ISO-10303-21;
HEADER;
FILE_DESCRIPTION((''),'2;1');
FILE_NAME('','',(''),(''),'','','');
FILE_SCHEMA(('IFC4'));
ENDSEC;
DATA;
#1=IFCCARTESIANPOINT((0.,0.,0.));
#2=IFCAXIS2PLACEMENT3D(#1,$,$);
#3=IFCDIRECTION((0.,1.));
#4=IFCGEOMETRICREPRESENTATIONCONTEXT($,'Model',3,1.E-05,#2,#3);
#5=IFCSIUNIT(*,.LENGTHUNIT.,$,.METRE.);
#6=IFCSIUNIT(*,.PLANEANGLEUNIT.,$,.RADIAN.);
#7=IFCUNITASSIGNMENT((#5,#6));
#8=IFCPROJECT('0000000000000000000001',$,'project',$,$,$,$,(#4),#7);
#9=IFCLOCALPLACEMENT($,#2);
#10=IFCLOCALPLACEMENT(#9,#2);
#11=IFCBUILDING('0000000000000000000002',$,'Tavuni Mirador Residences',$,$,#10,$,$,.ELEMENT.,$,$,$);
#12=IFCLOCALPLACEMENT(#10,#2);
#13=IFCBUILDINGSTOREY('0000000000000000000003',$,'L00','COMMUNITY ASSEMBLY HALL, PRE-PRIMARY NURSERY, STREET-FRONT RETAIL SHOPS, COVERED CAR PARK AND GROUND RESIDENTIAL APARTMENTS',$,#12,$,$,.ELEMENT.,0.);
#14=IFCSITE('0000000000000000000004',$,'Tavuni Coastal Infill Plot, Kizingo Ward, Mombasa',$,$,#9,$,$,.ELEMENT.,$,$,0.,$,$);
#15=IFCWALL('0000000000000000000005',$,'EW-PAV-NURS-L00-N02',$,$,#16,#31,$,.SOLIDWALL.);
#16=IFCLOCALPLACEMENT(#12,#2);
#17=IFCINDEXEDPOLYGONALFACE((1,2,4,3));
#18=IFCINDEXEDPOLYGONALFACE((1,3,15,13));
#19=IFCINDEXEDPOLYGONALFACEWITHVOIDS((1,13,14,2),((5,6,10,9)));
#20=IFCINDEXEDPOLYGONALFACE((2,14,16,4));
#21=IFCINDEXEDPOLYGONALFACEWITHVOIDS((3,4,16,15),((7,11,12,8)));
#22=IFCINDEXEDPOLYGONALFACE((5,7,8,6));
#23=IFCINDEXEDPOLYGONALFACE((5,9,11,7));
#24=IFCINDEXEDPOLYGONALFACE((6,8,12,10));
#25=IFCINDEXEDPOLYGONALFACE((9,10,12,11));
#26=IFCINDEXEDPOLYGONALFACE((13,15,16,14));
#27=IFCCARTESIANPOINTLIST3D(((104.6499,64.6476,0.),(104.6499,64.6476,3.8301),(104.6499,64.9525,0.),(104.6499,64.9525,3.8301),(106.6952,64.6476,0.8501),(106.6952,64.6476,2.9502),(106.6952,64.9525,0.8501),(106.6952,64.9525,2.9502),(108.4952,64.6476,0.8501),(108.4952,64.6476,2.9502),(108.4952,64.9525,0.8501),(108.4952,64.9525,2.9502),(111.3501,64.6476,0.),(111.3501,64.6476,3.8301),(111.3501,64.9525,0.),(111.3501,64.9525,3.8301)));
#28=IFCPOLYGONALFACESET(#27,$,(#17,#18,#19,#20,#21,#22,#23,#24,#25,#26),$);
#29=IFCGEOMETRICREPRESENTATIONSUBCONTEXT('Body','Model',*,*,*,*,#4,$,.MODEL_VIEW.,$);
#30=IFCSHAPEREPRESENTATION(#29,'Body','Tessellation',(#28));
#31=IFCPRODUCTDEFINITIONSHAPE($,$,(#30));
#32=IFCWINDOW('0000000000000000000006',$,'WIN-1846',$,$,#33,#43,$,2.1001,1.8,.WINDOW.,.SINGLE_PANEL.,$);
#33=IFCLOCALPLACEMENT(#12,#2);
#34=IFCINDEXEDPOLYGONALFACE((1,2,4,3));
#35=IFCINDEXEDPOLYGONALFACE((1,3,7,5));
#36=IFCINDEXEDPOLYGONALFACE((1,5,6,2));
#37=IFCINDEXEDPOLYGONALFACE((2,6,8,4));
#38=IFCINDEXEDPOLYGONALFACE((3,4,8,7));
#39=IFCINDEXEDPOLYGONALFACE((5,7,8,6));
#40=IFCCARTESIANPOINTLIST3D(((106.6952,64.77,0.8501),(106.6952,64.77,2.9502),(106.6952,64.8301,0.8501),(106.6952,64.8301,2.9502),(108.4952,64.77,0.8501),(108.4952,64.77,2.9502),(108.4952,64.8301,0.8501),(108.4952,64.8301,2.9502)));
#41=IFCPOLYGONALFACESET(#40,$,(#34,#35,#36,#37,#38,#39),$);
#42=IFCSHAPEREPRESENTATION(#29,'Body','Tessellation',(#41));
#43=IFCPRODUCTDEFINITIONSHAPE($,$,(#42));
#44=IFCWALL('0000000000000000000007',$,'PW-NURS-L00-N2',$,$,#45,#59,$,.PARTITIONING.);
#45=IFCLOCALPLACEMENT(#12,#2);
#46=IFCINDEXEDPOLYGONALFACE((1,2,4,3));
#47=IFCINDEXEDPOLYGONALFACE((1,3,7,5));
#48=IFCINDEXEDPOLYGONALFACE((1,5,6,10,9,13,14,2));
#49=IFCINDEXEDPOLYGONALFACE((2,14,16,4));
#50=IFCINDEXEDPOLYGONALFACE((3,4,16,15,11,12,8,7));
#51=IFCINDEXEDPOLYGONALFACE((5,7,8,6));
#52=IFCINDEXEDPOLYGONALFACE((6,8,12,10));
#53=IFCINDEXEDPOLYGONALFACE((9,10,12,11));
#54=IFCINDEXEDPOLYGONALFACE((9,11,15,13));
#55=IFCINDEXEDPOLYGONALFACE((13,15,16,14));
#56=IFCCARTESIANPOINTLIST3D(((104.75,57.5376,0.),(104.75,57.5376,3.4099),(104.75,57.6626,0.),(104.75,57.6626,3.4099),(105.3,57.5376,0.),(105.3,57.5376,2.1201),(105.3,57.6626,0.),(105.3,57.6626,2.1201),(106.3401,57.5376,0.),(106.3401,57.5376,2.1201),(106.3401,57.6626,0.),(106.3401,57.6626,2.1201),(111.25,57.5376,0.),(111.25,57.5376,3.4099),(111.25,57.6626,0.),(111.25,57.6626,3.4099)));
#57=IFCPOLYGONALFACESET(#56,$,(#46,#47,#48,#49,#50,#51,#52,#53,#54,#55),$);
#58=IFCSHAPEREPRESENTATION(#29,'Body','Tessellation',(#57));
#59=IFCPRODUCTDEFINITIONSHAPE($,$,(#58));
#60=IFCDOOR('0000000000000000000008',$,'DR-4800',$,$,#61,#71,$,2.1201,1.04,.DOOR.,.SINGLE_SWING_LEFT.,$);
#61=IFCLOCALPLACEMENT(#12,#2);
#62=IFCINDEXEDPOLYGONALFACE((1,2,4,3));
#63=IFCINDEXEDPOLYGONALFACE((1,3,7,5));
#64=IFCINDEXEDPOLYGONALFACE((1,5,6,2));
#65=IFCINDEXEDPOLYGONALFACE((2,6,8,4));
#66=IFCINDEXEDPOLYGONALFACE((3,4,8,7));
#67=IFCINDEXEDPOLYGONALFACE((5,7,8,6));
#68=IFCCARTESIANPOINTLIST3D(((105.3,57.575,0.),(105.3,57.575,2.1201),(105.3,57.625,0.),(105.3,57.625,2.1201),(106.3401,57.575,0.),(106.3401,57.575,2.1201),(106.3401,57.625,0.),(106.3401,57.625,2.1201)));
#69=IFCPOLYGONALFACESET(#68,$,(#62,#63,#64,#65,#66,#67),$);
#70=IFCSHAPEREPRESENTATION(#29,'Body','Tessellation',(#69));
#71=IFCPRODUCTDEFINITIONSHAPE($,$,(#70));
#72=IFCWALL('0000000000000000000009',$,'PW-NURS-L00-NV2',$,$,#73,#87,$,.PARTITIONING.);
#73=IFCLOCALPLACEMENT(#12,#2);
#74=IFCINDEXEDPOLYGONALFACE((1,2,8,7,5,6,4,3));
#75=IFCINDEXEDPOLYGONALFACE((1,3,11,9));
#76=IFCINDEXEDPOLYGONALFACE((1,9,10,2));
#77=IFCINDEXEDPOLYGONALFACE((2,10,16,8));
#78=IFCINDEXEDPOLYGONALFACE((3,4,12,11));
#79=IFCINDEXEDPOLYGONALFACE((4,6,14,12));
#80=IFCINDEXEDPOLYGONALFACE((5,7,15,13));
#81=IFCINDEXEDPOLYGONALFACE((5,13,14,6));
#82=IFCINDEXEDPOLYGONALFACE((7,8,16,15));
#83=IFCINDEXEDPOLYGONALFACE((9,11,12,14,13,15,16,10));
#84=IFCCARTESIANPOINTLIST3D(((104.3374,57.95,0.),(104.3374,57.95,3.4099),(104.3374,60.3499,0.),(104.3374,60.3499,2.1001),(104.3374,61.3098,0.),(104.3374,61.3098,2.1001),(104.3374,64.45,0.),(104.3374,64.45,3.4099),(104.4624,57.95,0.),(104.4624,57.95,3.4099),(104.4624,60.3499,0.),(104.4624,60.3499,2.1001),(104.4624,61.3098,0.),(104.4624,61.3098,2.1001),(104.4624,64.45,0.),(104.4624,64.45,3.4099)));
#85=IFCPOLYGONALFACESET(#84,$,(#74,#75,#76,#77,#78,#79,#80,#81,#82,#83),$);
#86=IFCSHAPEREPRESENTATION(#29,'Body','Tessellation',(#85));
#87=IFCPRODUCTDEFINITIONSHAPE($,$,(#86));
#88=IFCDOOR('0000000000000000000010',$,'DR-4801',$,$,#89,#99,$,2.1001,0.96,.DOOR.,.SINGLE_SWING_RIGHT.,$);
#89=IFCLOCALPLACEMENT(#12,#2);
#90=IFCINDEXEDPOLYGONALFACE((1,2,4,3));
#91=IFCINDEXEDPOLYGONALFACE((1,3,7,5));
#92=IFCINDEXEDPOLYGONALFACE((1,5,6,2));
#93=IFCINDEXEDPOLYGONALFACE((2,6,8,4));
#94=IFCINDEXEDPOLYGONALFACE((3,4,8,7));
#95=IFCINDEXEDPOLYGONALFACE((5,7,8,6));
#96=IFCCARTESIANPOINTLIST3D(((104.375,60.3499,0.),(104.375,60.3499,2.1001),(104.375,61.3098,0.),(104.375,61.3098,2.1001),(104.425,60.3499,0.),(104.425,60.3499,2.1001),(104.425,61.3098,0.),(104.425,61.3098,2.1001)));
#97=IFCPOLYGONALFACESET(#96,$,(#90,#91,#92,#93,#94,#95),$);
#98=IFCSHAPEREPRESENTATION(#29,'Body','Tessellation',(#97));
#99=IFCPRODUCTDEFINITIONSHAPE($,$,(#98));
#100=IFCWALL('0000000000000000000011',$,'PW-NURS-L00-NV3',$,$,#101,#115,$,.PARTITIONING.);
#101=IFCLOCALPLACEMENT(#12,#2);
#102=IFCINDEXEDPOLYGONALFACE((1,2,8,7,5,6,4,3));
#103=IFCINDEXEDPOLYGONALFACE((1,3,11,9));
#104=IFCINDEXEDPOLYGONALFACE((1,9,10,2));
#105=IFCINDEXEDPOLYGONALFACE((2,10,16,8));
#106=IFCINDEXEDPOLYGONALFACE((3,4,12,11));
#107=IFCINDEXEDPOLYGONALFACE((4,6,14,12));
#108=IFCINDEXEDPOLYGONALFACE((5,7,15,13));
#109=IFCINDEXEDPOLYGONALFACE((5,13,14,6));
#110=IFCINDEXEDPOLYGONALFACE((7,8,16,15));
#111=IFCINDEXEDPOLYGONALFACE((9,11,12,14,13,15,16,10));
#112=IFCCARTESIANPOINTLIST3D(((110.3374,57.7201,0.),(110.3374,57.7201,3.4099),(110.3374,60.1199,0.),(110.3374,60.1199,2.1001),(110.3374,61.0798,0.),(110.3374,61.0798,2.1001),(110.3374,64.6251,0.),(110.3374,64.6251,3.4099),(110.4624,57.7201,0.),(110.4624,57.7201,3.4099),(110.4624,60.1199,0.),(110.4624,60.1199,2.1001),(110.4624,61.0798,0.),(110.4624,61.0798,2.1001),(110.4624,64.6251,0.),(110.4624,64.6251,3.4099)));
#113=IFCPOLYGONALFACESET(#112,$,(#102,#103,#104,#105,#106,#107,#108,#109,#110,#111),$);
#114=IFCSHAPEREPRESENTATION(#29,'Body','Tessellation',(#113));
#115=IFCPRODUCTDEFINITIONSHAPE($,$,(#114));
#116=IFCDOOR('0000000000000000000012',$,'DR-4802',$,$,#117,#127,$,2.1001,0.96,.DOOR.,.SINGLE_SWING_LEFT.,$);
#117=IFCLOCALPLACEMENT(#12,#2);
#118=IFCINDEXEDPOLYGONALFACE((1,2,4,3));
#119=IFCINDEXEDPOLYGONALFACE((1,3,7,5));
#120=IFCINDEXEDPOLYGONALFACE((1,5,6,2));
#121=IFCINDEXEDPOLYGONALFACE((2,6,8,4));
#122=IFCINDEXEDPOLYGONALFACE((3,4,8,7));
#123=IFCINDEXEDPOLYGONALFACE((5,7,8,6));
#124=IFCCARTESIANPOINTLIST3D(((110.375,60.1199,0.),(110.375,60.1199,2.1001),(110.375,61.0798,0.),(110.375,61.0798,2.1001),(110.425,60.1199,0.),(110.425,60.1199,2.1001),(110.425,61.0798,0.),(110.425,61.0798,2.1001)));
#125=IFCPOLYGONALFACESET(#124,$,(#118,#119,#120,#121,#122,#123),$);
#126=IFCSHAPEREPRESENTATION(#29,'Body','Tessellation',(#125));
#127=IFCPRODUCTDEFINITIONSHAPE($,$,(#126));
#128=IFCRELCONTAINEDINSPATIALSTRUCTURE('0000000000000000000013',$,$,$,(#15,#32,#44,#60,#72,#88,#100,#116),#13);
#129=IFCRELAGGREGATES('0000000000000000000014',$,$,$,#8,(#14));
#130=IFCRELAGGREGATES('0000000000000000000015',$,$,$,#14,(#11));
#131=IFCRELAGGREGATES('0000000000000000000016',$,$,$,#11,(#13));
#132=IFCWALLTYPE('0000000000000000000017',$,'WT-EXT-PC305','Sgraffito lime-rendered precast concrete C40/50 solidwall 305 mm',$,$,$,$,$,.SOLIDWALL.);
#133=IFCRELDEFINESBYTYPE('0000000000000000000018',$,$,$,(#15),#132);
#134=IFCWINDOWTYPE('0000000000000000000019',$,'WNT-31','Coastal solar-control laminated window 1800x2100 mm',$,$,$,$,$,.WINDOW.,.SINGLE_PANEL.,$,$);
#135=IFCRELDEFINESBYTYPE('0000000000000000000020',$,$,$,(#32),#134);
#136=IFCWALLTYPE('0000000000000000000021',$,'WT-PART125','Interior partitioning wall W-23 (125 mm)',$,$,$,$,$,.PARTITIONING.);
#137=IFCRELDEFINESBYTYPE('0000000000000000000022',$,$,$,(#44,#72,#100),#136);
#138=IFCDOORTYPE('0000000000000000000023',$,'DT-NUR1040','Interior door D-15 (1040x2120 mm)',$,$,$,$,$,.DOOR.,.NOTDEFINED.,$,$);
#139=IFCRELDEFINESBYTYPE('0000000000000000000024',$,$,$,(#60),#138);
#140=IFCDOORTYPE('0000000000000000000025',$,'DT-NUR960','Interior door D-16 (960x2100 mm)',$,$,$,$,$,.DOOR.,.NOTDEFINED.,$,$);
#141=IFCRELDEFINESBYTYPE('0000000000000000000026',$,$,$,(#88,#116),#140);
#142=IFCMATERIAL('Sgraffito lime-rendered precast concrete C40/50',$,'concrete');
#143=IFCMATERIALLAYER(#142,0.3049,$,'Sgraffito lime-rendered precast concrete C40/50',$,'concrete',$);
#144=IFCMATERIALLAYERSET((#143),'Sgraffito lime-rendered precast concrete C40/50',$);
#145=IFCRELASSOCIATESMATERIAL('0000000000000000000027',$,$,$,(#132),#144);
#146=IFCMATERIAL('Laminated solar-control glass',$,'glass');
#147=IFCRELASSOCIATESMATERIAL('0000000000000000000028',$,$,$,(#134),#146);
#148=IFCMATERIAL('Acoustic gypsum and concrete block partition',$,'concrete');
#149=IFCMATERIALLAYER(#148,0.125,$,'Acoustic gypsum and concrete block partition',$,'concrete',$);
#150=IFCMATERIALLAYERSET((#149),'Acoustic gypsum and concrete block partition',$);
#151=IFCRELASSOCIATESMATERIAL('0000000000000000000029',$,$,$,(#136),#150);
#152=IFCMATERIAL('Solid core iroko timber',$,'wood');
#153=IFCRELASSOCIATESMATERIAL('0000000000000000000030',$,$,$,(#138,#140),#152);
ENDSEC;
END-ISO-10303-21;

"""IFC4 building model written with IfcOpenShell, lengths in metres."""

from ifc_helpers import new_model, si_unit, direction, frame, frame_2d, origin, place, context, subcontext, project, spatial, rectangle, extrude, material, layer, layer_set, type_object, element, fill, save


model = new_model("IFC4")

# Units and contexts
model_context = context("Model", 3, precision=1e-05, world=origin(), true_north=direction((0.0, 1.0)))
body_context = subcontext(model_context, "Body", "Model", "MODEL_VIEW")
ifc_project = project(units=[si_unit("LENGTHUNIT", "METRE"), si_unit("PLANEANGLEUNIT", "RADIAN")], contexts=[model_context])

# Site, building, storey
site_placement = place(None, origin())
site = spatial("IfcSite", under=ifc_project, at=site_placement, Name="Tavuni Coastal Infill Plot, Kizingo Ward, Mombasa", CompositionType="ELEMENT", RefElevation=0.0)
building_placement = place(site_placement, origin())
building = spatial("IfcBuilding", under=site, at=building_placement, Name="Tavuni Mirador Residences", CompositionType="ELEMENT")
storey_placement = place(building_placement, origin())
storey = spatial("IfcBuildingStorey", under=building, at=storey_placement, Name="L00", Description="COMMUNITY ASSEMBLY HALL, PRE-PRIMARY NURSERY, STREET-FRONT RETAIL SHOPS, COVERED CAR PARK AND GROUND RESIDENTIAL APARTMENTS", CompositionType="ELEMENT", Elevation=0.0)

# Wall, opening, window
ifc_material_1 = material(Name="Sgraffito lime-rendered precast concrete C40/50", Category="concrete")
ifc_layer_1 = layer(ifc_material_1, 0.3049, Name="Sgraffito lime-rendered precast concrete C40/50", Category="concrete")
ifc_layer_set_1 = layer_set([ifc_layer_1], Name="Sgraffito lime-rendered precast concrete C40/50")
wall_type_1 = type_object("IfcWallType", Name="WT-EXT-PC305", Description="Sgraffito lime-rendered precast concrete C40/50 solidwall 305 mm", PredefinedType="SOLIDWALL", material=ifc_layer_set_1)
wall_1_placement = place(storey_placement, frame((111.3501, 64.8, 0.0), z_axis=(0.0, 0.0, 1.0), x_axis=(-1.0, 0.0, 0.0)))
wall_1 = element("IfcWall", 1, at=wall_1_placement, inside=storey, type_object=wall_type_1, Name="EW-PAV-NURS-L00-N02", PredefinedType="SOLIDWALL", context=body_context, shape_type="SweptSolid", body=[
    extrude(rectangle(XDim=6.7002, YDim=0.3049, at=frame_2d((3.3501, 0.0))), origin(), (0.0, 0.0, 1.0), 3.8301),
])
opening_1_placement = place(wall_1_placement, frame((2.855, 0.0, 0.8501)))
opening_1 = element("IfcOpeningElement", 2, at=opening_1_placement, cuts=wall_1, PredefinedType="OPENING", context=body_context, shape_type="SweptSolid", body=[
    extrude(rectangle(XDim=1.8, YDim=2.1001, at=frame_2d((0.8999, 1.05))), frame((0.0, 0.1626, 0.0), z_axis=(0.0, -1.0, 0.0), x_axis=(1.0, 0.0, 0.0)), (0.0, 0.0, 1.0), 0.325),
])
ifc_material_2 = material(Name="Laminated solar-control glass", Category="glass")
window_type = type_object("IfcWindowType", Name="WNT-31", Description="Coastal solar-control laminated window 1800x2100 mm", PartitioningType="SINGLE_PANEL", PredefinedType="WINDOW", material=ifc_material_2)
window_placement = place(opening_1_placement, origin())
window = element("IfcWindow", 3, at=window_placement, inside=storey, type_object=window_type, Name="WIN-1846", OverallHeight=2.1001, OverallWidth=1.8, PartitioningType="SINGLE_PANEL", PredefinedType="WINDOW", context=body_context, shape_type="SweptSolid", body=[
    extrude(rectangle(XDim=1.8, YDim=2.1001, at=frame_2d((0.8999, 1.05))), frame((0.0, 0.03, 0.0), z_axis=(0.0, -1.0, 0.0), x_axis=(1.0, 0.0, 0.0)), (0.0, 0.0, 1.0), 0.0601),
])
fill(opening_1, window)

# Walls, openings, doors
ifc_material_3 = material(Name="Acoustic gypsum and concrete block partition", Category="concrete")
ifc_layer_2 = layer(ifc_material_3, 0.125, Name="Acoustic gypsum and concrete block partition", Category="concrete")
ifc_layer_set_2 = layer_set([ifc_layer_2], Name="Acoustic gypsum and concrete block partition")
wall_type_2 = type_object("IfcWallType", Name="WT-PART125", Description="Interior partitioning wall W-23 (125 mm)", PredefinedType="PARTITIONING", material=ifc_layer_set_2)
wall_2_placement = place(storey_placement, frame((104.75, 57.6001, 0.0), z_axis=(0.0, 0.0, 1.0), x_axis=(1.0, 0.0, 0.0)))
wall_2 = element("IfcWall", 4, at=wall_2_placement, inside=storey, type_object=wall_type_2, Name="PW-NURS-L00-N2", PredefinedType="PARTITIONING", context=body_context, shape_type="SweptSolid", body=[
    extrude(rectangle(XDim=6.5, YDim=0.125, at=frame_2d((3.25, 0.0))), origin(), (0.0, 0.0, 1.0), 3.4099),
])
opening_2_placement = place(wall_2_placement, frame((0.55, 0.0, 0.0)))
opening_2 = element("IfcOpeningElement", 5, at=opening_2_placement, cuts=wall_2, PredefinedType="OPENING", context=body_context, shape_type="SweptSolid", body=[
    extrude(rectangle(XDim=1.04, YDim=2.1201, at=frame_2d((0.52, 1.0601))), frame((0.0, 0.0725, 0.0), z_axis=(0.0, -1.0, 0.0), x_axis=(1.0, 0.0, 0.0)), (0.0, 0.0, 1.0), 0.145),
])
ifc_material_4 = material(Name="Solid core iroko timber", Category="wood")
door_type_1 = type_object("IfcDoorType", Name="DT-NUR1040", Description="Interior door D-15 (1040x2120 mm)", OperationType="NOTDEFINED", PredefinedType="DOOR", material=ifc_material_4)
door_1_placement = place(opening_2_placement, origin())
door_1 = element("IfcDoor", 6, at=door_1_placement, inside=storey, type_object=door_type_1, Name="DR-4800", OperationType="SINGLE_SWING_LEFT", OverallHeight=2.1201, OverallWidth=1.04, PredefinedType="DOOR", context=body_context, shape_type="SweptSolid", body=[
    extrude(rectangle(XDim=1.04, YDim=2.1201, at=frame_2d((0.52, 1.0601))), frame((0.0, 0.0249, 0.0), z_axis=(0.0, -1.0, 0.0), x_axis=(1.0, 0.0, 0.0)), (0.0, 0.0, 1.0), 0.05),
])
fill(opening_2, door_1)
wall_3_placement = place(storey_placement, frame((104.3999, 57.95, 0.0), z_axis=(0.0, 0.0, 1.0), x_axis=(0.0, 1.0, 0.0)))
wall_3 = element("IfcWall", 7, at=wall_3_placement, inside=storey, type_object=wall_type_2, Name="PW-NURS-L00-NV2", PredefinedType="PARTITIONING", context=body_context, shape_type="SweptSolid", body=[
    extrude(rectangle(XDim=6.5, YDim=0.125, at=frame_2d((3.25, 0.0))), origin(), (0.0, 0.0, 1.0), 3.4099),
])
opening_3_placement = place(wall_3_placement, frame((2.3999, 0.0, 0.0)))
opening_3 = element("IfcOpeningElement", 8, at=opening_3_placement, cuts=wall_3, PredefinedType="OPENING", context=body_context, shape_type="SweptSolid", body=[
    extrude(rectangle(XDim=0.96, YDim=2.1001, at=frame_2d((0.48, 1.05))), frame((0.0, 0.0725, 0.0), z_axis=(0.0, -1.0, 0.0), x_axis=(1.0, 0.0, 0.0)), (0.0, 0.0, 1.0), 0.145),
])
door_type_2 = type_object("IfcDoorType", Name="DT-NUR960", Description="Interior door D-16 (960x2100 mm)", OperationType="NOTDEFINED", PredefinedType="DOOR", material=ifc_material_4)
door_2_placement = place(opening_3_placement, origin())
door_2 = element("IfcDoor", 9, at=door_2_placement, inside=storey, type_object=door_type_2, Name="DR-4801", OperationType="SINGLE_SWING_RIGHT", OverallHeight=2.1001, OverallWidth=0.96, PredefinedType="DOOR", context=body_context, shape_type="SweptSolid", body=[
    extrude(rectangle(XDim=0.96, YDim=2.1001, at=frame_2d((0.48, 1.05))), frame((0.0, 0.0249, 0.0), z_axis=(0.0, -1.0, 0.0), x_axis=(1.0, 0.0, 0.0)), (0.0, 0.0, 1.0), 0.05),
])
fill(opening_3, door_2)
wall_4_placement = place(storey_placement, frame((110.3999, 57.72, 0.0), z_axis=(0.0, 0.0, 1.0), x_axis=(0.0, 1.0, 0.0)))
wall_4 = element("IfcWall", 10, at=wall_4_placement, inside=storey, type_object=wall_type_2, Name="PW-NURS-L00-NV3", PredefinedType="PARTITIONING", context=body_context, shape_type="SweptSolid", body=[
    extrude(rectangle(XDim=6.905, YDim=0.125, at=frame_2d((3.4526, 0.0))), origin(), (0.0, 0.0, 1.0), 3.4099),
])
opening_4_placement = place(wall_4_placement, frame((2.3999, 0.0, 0.0)))
opening_4 = element("IfcOpeningElement", 11, at=opening_4_placement, cuts=wall_4, PredefinedType="OPENING", context=body_context, shape_type="SweptSolid", body=[
    extrude(rectangle(XDim=0.96, YDim=2.1001, at=frame_2d((0.48, 1.05))), frame((0.0, 0.0725, 0.0), z_axis=(0.0, -1.0, 0.0), x_axis=(1.0, 0.0, 0.0)), (0.0, 0.0, 1.0), 0.145),
])
door_3_placement = place(opening_4_placement, origin())
door_3 = element("IfcDoor", 12, at=door_3_placement, inside=storey, type_object=door_type_2, Name="DR-4802", OperationType="SINGLE_SWING_LEFT", OverallHeight=2.1001, OverallWidth=0.96, PredefinedType="DOOR", context=body_context, shape_type="SweptSolid", body=[
    extrude(rectangle(XDim=0.96, YDim=2.1001, at=frame_2d((0.48, 1.05))), frame((0.0, 0.0249, 0.0), z_axis=(0.0, -1.0, 0.0), x_axis=(1.0, 0.0, 0.0)), (0.0, 0.0, 1.0), 0.05),
])
fill(opening_4, door_3)

save(model, "model.ifc")
